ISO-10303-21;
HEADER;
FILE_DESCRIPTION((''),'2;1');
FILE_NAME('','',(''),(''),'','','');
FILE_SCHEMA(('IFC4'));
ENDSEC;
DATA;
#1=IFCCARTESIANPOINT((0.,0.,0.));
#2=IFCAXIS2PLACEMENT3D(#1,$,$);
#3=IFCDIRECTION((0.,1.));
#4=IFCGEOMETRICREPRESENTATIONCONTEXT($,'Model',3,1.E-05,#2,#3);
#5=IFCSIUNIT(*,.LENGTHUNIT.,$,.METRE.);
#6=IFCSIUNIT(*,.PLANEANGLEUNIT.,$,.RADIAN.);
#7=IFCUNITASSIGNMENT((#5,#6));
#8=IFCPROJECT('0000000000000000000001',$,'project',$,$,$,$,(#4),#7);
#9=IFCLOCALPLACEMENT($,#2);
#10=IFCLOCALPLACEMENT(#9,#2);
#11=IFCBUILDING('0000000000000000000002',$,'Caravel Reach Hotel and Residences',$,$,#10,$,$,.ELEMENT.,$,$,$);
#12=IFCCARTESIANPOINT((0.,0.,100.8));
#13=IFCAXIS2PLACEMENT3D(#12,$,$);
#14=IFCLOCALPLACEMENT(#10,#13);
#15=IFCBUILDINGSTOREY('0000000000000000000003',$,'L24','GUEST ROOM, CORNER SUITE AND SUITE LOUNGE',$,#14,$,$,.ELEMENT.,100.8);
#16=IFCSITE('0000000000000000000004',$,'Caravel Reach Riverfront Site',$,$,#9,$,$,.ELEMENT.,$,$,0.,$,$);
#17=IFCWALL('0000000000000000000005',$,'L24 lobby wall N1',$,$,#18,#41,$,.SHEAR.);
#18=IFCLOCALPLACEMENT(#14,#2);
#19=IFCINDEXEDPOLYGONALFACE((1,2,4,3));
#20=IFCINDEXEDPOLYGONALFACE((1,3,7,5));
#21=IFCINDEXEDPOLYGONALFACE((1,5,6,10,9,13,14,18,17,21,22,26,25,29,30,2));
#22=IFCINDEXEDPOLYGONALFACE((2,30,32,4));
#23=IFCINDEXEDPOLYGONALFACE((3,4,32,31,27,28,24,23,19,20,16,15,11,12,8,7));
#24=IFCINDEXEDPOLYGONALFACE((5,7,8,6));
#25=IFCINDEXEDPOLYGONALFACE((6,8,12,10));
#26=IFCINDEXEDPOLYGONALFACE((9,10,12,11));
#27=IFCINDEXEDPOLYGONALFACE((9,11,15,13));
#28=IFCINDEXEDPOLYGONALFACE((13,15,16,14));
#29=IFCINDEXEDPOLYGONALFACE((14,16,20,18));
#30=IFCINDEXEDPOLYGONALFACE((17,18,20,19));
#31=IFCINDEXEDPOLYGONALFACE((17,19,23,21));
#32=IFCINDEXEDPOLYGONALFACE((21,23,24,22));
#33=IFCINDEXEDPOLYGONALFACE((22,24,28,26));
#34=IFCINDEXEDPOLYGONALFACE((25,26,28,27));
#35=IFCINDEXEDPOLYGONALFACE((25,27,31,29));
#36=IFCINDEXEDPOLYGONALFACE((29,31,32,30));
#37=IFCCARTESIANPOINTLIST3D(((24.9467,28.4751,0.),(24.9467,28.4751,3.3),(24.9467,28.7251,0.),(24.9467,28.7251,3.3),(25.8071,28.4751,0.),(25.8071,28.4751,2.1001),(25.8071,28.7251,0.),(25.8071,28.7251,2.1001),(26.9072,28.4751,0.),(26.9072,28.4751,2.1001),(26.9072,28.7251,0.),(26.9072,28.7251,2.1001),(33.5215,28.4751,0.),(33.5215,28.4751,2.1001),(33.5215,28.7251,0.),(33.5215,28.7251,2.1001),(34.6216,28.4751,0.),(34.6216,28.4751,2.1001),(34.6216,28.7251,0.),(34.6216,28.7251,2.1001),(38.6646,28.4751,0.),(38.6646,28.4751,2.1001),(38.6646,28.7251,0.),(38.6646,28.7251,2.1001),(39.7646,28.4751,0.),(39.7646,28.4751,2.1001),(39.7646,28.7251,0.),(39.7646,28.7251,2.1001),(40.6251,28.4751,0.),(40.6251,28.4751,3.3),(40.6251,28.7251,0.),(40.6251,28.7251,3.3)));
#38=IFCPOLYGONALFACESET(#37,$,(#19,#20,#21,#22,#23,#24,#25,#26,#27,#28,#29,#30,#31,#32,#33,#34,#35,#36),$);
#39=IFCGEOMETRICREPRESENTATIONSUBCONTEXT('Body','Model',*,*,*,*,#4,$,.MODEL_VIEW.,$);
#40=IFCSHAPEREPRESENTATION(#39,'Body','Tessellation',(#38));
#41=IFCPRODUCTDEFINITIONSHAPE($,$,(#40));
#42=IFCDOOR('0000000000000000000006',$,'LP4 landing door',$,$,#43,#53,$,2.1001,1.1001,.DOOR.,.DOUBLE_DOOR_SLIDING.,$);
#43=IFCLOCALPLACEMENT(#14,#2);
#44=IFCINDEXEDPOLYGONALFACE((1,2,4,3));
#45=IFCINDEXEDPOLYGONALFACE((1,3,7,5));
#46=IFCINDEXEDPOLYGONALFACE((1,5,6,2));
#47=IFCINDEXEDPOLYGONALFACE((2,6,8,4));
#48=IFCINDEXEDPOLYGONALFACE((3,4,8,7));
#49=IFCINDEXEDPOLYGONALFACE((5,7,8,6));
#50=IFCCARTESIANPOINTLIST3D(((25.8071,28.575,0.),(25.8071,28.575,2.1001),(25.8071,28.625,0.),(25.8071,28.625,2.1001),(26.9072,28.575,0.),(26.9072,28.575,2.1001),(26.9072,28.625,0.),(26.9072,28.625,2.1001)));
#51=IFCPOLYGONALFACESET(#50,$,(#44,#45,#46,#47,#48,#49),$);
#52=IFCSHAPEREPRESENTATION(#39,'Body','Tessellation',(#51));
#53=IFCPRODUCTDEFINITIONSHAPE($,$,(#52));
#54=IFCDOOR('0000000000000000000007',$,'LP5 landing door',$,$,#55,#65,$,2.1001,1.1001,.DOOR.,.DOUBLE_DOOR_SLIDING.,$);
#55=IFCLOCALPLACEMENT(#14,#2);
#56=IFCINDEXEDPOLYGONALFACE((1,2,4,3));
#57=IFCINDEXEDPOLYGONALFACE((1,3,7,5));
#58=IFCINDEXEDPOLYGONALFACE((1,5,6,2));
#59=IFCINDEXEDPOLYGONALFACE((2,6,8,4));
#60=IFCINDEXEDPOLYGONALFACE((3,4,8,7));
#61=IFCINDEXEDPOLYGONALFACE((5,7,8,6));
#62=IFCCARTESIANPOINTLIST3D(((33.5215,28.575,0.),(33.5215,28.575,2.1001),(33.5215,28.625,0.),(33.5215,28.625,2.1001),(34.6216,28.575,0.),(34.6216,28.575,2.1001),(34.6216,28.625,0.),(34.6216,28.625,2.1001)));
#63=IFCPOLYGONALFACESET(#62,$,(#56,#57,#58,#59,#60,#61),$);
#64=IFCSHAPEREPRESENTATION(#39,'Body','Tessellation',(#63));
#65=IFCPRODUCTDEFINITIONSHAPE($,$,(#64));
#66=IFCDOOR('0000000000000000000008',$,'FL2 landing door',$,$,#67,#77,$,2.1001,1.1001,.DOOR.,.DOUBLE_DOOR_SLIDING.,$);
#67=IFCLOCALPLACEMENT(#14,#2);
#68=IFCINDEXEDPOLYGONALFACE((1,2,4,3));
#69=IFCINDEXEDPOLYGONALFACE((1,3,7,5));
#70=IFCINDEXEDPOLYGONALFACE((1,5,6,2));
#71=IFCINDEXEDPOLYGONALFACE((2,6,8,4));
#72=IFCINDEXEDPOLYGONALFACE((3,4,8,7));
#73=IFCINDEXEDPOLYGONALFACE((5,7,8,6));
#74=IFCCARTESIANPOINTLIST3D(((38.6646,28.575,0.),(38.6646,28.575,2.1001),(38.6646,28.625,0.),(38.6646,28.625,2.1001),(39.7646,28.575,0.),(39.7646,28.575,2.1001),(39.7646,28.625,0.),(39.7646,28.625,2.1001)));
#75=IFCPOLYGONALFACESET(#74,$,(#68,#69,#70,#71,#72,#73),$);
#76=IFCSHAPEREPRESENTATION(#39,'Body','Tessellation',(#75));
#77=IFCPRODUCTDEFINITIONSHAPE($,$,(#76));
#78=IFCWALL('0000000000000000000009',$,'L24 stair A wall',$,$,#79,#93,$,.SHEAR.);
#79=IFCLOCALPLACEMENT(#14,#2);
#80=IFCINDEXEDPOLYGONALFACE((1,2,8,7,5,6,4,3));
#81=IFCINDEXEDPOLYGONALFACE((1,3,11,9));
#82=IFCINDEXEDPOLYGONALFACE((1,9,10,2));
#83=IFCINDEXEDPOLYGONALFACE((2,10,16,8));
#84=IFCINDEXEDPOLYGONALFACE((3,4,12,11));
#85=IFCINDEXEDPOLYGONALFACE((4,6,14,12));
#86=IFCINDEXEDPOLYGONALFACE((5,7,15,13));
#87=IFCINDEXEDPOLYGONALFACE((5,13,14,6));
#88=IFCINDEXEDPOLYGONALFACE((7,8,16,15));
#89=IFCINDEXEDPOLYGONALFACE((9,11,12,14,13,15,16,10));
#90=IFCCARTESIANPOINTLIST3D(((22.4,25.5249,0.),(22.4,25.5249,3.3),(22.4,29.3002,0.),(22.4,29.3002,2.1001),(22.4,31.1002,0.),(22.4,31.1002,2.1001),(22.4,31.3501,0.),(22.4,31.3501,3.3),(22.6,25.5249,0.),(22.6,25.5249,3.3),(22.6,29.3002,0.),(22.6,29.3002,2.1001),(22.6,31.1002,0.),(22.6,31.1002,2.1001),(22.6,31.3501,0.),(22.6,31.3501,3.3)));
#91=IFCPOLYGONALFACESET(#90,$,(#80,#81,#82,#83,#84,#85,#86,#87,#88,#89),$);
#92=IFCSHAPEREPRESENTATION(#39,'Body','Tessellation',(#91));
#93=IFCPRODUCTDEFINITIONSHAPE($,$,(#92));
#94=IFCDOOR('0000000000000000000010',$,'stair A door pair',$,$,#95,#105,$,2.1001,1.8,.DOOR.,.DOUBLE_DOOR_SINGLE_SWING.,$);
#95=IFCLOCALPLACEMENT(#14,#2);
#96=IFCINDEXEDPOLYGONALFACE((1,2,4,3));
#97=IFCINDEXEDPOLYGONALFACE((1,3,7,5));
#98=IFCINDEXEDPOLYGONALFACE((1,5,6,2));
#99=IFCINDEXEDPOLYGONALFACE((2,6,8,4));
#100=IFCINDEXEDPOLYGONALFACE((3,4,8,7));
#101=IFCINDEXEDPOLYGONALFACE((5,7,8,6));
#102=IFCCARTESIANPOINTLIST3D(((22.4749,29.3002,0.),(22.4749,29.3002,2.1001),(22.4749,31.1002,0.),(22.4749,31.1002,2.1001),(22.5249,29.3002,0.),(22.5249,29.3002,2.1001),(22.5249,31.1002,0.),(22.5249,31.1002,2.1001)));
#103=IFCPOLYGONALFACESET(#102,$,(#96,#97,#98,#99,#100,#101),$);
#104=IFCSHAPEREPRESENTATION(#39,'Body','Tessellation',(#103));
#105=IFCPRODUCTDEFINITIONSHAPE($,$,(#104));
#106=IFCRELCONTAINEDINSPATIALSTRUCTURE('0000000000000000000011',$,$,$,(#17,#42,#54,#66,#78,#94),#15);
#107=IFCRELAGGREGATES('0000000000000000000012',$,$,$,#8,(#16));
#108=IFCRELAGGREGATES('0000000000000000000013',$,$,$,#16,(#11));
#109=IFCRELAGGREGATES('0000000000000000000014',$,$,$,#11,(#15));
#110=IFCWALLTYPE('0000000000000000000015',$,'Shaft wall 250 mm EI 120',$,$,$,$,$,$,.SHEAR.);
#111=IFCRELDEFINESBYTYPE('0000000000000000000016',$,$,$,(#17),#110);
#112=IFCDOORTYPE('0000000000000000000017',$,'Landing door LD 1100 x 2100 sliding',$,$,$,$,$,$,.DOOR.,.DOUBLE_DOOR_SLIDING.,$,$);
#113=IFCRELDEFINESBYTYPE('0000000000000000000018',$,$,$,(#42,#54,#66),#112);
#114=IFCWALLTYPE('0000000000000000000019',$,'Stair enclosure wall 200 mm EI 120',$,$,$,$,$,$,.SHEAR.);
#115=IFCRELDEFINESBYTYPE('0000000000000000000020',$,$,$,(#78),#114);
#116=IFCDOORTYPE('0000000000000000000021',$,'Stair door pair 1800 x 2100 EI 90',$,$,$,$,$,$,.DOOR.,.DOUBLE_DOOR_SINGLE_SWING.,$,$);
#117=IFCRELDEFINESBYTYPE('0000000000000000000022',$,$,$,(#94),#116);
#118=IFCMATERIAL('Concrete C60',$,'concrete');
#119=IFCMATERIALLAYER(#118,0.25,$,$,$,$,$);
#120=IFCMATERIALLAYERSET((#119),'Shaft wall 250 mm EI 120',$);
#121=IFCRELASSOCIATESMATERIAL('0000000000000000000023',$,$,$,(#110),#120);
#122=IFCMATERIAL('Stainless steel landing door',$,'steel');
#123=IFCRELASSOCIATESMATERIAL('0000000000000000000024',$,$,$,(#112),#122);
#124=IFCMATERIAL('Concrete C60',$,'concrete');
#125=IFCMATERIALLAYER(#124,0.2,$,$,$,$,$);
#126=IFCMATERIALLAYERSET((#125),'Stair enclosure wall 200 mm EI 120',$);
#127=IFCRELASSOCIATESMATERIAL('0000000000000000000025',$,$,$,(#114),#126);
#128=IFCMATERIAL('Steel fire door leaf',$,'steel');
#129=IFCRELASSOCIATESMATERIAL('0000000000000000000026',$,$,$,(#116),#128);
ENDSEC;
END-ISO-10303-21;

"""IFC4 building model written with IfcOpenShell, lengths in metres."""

from ifc_helpers import new_model, si_unit, direction, frame, frame_2d, origin, place, context, subcontext, project, spatial, rectangle, extrude, material, layer, layer_set, type_object, element, fill, save


model = new_model("IFC4")

# Units and contexts
model_context = context("Model", 3, precision=1e-05, world=origin(), true_north=direction((0.0, 1.0)))
body_context = subcontext(model_context, "Body", "Model", "MODEL_VIEW")
ifc_project = project(units=[si_unit("LENGTHUNIT", "METRE"), si_unit("PLANEANGLEUNIT", "RADIAN")], contexts=[model_context])

# Site, building, storey
site_placement = place(None, origin())
site = spatial("IfcSite", under=ifc_project, at=site_placement, Name="Caravel Reach Riverfront Site", CompositionType="ELEMENT", RefElevation=0.0)
building_placement = place(site_placement, origin())
building = spatial("IfcBuilding", under=site, at=building_placement, Name="Caravel Reach Hotel and Residences", CompositionType="ELEMENT")
storey_placement = place(building_placement, frame((0.0, 0.0, 100.8)))
storey = spatial("IfcBuildingStorey", under=building, at=storey_placement, Name="L24", Description="GUEST ROOM, CORNER SUITE AND SUITE LOUNGE", CompositionType="ELEMENT", Elevation=100.8)

# Wall, openings, doors
ifc_material_1 = material(Name="Concrete C60", Category="concrete")
ifc_layer_1 = layer(ifc_material_1, 0.25)
ifc_layer_set_1 = layer_set([ifc_layer_1], Name="Shaft wall 250 mm EI 120")
wall_type_1 = type_object("IfcWallType", Name="Shaft wall 250 mm EI 120", PredefinedType="SHEAR", material=ifc_layer_set_1)
wall_1_placement = place(storey_placement, frame((24.9465, 28.6001, 0.0), z_axis=(0.0, 0.0, 1.0), x_axis=(1.0, 0.0, 0.0)))
wall_1 = element("IfcWall", 1, at=wall_1_placement, inside=storey, type_object=wall_type_1, Name="L24 lobby wall N1", PredefinedType="SHEAR", context=body_context, shape_type="SweptSolid", body=[
    extrude(rectangle(XDim=15.6785, YDim=0.25, at=frame_2d((7.8394, 0.0))), origin(), (0.0, 0.0, 1.0), 3.3),
])
opening_1_placement = place(wall_1_placement, frame((0.8606, 0.0, 0.0)))
opening_1 = element("IfcOpeningElement", 2, at=opening_1_placement, cuts=wall_1, PredefinedType="OPENING", context=body_context, shape_type="SweptSolid", body=[
    extrude(rectangle(XDim=1.1001, YDim=2.1001, at=frame_2d((0.55, 1.05))), frame((0.0, 0.135, 0.0), z_axis=(0.0, -1.0, 0.0), x_axis=(1.0, 0.0, 0.0)), (0.0, 0.0, 1.0), 0.27),
])
opening_2_placement = place(wall_1_placement, frame((8.575, 0.0, 0.0)))
opening_2 = element("IfcOpeningElement", 3, at=opening_2_placement, cuts=wall_1, PredefinedType="OPENING", context=body_context, shape_type="SweptSolid", body=[
    extrude(rectangle(XDim=1.1001, YDim=2.1001, at=frame_2d((0.55, 1.05))), frame((0.0, 0.135, 0.0), z_axis=(0.0, -1.0, 0.0), x_axis=(1.0, 0.0, 0.0)), (0.0, 0.0, 1.0), 0.27),
])
opening_3_placement = place(wall_1_placement, frame((13.718, 0.0, 0.0)))
opening_3 = element("IfcOpeningElement", 4, at=opening_3_placement, cuts=wall_1, PredefinedType="OPENING", context=body_context, shape_type="SweptSolid", body=[
    extrude(rectangle(XDim=1.1001, YDim=2.1001, at=frame_2d((0.55, 1.05))), frame((0.0, 0.135, 0.0), z_axis=(0.0, -1.0, 0.0), x_axis=(1.0, 0.0, 0.0)), (0.0, 0.0, 1.0), 0.27),
])
ifc_material_2 = material(Name="Stainless steel landing door", Category="steel")
door_type_1 = type_object("IfcDoorType", Name="Landing door LD 1100 x 2100 sliding", OperationType="DOUBLE_DOOR_SLIDING", PredefinedType="DOOR", material=ifc_material_2)
door_1_placement = place(opening_1_placement, origin())
door_1 = element("IfcDoor", 5, at=door_1_placement, inside=storey, type_object=door_type_1, Name="LP4 landing door", OperationType="DOUBLE_DOOR_SLIDING", OverallHeight=2.1001, OverallWidth=1.1001, PredefinedType="DOOR", context=body_context, shape_type="SweptSolid", body=[
    extrude(rectangle(XDim=1.1001, YDim=2.1001, at=frame_2d((0.55, 1.05))), frame((0.0, 0.0249, 0.0), z_axis=(0.0, -1.0, 0.0), x_axis=(1.0, 0.0, 0.0)), (0.0, 0.0, 1.0), 0.05),
])
fill(opening_1, door_1)
door_2_placement = place(opening_2_placement, origin())
door_2 = element("IfcDoor", 6, at=door_2_placement, inside=storey, type_object=door_type_1, Name="LP5 landing door", OperationType="DOUBLE_DOOR_SLIDING", OverallHeight=2.1001, OverallWidth=1.1001, PredefinedType="DOOR", context=body_context, shape_type="SweptSolid", body=[
    extrude(rectangle(XDim=1.1001, YDim=2.1001, at=frame_2d((0.55, 1.05))), frame((0.0, 0.0249, 0.0), z_axis=(0.0, -1.0, 0.0), x_axis=(1.0, 0.0, 0.0)), (0.0, 0.0, 1.0), 0.05),
])
fill(opening_2, door_2)
door_3_placement = place(opening_3_placement, origin())
door_3 = element("IfcDoor", 7, at=door_3_placement, inside=storey, type_object=door_type_1, Name="FL2 landing door", OperationType="DOUBLE_DOOR_SLIDING", OverallHeight=2.1001, OverallWidth=1.1001, PredefinedType="DOOR", context=body_context, shape_type="SweptSolid", body=[
    extrude(rectangle(XDim=1.1001, YDim=2.1001, at=frame_2d((0.55, 1.05))), frame((0.0, 0.0249, 0.0), z_axis=(0.0, -1.0, 0.0), x_axis=(1.0, 0.0, 0.0)), (0.0, 0.0, 1.0), 0.05),
])
fill(opening_3, door_3)

# Wall, opening, door
ifc_material_3 = material(Name="Concrete C60", Category="concrete")
ifc_layer_2 = layer(ifc_material_3, 0.2)
ifc_layer_set_2 = layer_set([ifc_layer_2], Name="Stair enclosure wall 200 mm EI 120")
wall_type_2 = type_object("IfcWallType", Name="Stair enclosure wall 200 mm EI 120", PredefinedType="SHEAR", material=ifc_layer_set_2)
wall_2_placement = place(storey_placement, frame((22.5, 31.3501, 0.0), z_axis=(0.0, 0.0, 1.0), x_axis=(0.0, -1.0, 0.0)))
wall_2 = element("IfcWall", 8, at=wall_2_placement, inside=storey, type_object=wall_type_2, Name="L24 stair A wall", PredefinedType="SHEAR", context=body_context, shape_type="SweptSolid", body=[
    extrude(rectangle(XDim=5.8252, YDim=0.2, at=frame_2d((2.9126, 0.0))), origin(), (0.0, 0.0, 1.0), 3.3),
])
opening_4_placement = place(wall_2_placement, frame((0.25, 0.0, 0.0)))
opening_4 = element("IfcOpeningElement", 9, at=opening_4_placement, cuts=wall_2, PredefinedType="OPENING", context=body_context, shape_type="SweptSolid", body=[
    extrude(rectangle(XDim=1.8, YDim=2.1001, at=frame_2d((0.8999, 1.05))), frame((0.0, 0.1099, 0.0), z_axis=(0.0, -1.0, 0.0), x_axis=(1.0, 0.0, 0.0)), (0.0, 0.0, 1.0), 0.22),
])
ifc_material_4 = material(Name="Steel fire door leaf", Category="steel")
door_type_2 = type_object("IfcDoorType", Name="Stair door pair 1800 x 2100 EI 90", OperationType="DOUBLE_DOOR_SINGLE_SWING", PredefinedType="DOOR", material=ifc_material_4)
door_4_placement = place(opening_4_placement, origin())
door_4 = element("IfcDoor", 10, at=door_4_placement, inside=storey, type_object=door_type_2, Name="stair A door pair", OperationType="DOUBLE_DOOR_SINGLE_SWING", OverallHeight=2.1001, OverallWidth=1.8, PredefinedType="DOOR", context=body_context, shape_type="SweptSolid", body=[
    extrude(rectangle(XDim=1.8, YDim=2.1001, at=frame_2d((0.8999, 1.05))), frame((0.0, 0.0249, 0.0), z_axis=(0.0, -1.0, 0.0), x_axis=(1.0, 0.0, 0.0)), (0.0, 0.0, 1.0), 0.05),
])
fill(opening_4, door_4)

save(model, "model.ifc")
